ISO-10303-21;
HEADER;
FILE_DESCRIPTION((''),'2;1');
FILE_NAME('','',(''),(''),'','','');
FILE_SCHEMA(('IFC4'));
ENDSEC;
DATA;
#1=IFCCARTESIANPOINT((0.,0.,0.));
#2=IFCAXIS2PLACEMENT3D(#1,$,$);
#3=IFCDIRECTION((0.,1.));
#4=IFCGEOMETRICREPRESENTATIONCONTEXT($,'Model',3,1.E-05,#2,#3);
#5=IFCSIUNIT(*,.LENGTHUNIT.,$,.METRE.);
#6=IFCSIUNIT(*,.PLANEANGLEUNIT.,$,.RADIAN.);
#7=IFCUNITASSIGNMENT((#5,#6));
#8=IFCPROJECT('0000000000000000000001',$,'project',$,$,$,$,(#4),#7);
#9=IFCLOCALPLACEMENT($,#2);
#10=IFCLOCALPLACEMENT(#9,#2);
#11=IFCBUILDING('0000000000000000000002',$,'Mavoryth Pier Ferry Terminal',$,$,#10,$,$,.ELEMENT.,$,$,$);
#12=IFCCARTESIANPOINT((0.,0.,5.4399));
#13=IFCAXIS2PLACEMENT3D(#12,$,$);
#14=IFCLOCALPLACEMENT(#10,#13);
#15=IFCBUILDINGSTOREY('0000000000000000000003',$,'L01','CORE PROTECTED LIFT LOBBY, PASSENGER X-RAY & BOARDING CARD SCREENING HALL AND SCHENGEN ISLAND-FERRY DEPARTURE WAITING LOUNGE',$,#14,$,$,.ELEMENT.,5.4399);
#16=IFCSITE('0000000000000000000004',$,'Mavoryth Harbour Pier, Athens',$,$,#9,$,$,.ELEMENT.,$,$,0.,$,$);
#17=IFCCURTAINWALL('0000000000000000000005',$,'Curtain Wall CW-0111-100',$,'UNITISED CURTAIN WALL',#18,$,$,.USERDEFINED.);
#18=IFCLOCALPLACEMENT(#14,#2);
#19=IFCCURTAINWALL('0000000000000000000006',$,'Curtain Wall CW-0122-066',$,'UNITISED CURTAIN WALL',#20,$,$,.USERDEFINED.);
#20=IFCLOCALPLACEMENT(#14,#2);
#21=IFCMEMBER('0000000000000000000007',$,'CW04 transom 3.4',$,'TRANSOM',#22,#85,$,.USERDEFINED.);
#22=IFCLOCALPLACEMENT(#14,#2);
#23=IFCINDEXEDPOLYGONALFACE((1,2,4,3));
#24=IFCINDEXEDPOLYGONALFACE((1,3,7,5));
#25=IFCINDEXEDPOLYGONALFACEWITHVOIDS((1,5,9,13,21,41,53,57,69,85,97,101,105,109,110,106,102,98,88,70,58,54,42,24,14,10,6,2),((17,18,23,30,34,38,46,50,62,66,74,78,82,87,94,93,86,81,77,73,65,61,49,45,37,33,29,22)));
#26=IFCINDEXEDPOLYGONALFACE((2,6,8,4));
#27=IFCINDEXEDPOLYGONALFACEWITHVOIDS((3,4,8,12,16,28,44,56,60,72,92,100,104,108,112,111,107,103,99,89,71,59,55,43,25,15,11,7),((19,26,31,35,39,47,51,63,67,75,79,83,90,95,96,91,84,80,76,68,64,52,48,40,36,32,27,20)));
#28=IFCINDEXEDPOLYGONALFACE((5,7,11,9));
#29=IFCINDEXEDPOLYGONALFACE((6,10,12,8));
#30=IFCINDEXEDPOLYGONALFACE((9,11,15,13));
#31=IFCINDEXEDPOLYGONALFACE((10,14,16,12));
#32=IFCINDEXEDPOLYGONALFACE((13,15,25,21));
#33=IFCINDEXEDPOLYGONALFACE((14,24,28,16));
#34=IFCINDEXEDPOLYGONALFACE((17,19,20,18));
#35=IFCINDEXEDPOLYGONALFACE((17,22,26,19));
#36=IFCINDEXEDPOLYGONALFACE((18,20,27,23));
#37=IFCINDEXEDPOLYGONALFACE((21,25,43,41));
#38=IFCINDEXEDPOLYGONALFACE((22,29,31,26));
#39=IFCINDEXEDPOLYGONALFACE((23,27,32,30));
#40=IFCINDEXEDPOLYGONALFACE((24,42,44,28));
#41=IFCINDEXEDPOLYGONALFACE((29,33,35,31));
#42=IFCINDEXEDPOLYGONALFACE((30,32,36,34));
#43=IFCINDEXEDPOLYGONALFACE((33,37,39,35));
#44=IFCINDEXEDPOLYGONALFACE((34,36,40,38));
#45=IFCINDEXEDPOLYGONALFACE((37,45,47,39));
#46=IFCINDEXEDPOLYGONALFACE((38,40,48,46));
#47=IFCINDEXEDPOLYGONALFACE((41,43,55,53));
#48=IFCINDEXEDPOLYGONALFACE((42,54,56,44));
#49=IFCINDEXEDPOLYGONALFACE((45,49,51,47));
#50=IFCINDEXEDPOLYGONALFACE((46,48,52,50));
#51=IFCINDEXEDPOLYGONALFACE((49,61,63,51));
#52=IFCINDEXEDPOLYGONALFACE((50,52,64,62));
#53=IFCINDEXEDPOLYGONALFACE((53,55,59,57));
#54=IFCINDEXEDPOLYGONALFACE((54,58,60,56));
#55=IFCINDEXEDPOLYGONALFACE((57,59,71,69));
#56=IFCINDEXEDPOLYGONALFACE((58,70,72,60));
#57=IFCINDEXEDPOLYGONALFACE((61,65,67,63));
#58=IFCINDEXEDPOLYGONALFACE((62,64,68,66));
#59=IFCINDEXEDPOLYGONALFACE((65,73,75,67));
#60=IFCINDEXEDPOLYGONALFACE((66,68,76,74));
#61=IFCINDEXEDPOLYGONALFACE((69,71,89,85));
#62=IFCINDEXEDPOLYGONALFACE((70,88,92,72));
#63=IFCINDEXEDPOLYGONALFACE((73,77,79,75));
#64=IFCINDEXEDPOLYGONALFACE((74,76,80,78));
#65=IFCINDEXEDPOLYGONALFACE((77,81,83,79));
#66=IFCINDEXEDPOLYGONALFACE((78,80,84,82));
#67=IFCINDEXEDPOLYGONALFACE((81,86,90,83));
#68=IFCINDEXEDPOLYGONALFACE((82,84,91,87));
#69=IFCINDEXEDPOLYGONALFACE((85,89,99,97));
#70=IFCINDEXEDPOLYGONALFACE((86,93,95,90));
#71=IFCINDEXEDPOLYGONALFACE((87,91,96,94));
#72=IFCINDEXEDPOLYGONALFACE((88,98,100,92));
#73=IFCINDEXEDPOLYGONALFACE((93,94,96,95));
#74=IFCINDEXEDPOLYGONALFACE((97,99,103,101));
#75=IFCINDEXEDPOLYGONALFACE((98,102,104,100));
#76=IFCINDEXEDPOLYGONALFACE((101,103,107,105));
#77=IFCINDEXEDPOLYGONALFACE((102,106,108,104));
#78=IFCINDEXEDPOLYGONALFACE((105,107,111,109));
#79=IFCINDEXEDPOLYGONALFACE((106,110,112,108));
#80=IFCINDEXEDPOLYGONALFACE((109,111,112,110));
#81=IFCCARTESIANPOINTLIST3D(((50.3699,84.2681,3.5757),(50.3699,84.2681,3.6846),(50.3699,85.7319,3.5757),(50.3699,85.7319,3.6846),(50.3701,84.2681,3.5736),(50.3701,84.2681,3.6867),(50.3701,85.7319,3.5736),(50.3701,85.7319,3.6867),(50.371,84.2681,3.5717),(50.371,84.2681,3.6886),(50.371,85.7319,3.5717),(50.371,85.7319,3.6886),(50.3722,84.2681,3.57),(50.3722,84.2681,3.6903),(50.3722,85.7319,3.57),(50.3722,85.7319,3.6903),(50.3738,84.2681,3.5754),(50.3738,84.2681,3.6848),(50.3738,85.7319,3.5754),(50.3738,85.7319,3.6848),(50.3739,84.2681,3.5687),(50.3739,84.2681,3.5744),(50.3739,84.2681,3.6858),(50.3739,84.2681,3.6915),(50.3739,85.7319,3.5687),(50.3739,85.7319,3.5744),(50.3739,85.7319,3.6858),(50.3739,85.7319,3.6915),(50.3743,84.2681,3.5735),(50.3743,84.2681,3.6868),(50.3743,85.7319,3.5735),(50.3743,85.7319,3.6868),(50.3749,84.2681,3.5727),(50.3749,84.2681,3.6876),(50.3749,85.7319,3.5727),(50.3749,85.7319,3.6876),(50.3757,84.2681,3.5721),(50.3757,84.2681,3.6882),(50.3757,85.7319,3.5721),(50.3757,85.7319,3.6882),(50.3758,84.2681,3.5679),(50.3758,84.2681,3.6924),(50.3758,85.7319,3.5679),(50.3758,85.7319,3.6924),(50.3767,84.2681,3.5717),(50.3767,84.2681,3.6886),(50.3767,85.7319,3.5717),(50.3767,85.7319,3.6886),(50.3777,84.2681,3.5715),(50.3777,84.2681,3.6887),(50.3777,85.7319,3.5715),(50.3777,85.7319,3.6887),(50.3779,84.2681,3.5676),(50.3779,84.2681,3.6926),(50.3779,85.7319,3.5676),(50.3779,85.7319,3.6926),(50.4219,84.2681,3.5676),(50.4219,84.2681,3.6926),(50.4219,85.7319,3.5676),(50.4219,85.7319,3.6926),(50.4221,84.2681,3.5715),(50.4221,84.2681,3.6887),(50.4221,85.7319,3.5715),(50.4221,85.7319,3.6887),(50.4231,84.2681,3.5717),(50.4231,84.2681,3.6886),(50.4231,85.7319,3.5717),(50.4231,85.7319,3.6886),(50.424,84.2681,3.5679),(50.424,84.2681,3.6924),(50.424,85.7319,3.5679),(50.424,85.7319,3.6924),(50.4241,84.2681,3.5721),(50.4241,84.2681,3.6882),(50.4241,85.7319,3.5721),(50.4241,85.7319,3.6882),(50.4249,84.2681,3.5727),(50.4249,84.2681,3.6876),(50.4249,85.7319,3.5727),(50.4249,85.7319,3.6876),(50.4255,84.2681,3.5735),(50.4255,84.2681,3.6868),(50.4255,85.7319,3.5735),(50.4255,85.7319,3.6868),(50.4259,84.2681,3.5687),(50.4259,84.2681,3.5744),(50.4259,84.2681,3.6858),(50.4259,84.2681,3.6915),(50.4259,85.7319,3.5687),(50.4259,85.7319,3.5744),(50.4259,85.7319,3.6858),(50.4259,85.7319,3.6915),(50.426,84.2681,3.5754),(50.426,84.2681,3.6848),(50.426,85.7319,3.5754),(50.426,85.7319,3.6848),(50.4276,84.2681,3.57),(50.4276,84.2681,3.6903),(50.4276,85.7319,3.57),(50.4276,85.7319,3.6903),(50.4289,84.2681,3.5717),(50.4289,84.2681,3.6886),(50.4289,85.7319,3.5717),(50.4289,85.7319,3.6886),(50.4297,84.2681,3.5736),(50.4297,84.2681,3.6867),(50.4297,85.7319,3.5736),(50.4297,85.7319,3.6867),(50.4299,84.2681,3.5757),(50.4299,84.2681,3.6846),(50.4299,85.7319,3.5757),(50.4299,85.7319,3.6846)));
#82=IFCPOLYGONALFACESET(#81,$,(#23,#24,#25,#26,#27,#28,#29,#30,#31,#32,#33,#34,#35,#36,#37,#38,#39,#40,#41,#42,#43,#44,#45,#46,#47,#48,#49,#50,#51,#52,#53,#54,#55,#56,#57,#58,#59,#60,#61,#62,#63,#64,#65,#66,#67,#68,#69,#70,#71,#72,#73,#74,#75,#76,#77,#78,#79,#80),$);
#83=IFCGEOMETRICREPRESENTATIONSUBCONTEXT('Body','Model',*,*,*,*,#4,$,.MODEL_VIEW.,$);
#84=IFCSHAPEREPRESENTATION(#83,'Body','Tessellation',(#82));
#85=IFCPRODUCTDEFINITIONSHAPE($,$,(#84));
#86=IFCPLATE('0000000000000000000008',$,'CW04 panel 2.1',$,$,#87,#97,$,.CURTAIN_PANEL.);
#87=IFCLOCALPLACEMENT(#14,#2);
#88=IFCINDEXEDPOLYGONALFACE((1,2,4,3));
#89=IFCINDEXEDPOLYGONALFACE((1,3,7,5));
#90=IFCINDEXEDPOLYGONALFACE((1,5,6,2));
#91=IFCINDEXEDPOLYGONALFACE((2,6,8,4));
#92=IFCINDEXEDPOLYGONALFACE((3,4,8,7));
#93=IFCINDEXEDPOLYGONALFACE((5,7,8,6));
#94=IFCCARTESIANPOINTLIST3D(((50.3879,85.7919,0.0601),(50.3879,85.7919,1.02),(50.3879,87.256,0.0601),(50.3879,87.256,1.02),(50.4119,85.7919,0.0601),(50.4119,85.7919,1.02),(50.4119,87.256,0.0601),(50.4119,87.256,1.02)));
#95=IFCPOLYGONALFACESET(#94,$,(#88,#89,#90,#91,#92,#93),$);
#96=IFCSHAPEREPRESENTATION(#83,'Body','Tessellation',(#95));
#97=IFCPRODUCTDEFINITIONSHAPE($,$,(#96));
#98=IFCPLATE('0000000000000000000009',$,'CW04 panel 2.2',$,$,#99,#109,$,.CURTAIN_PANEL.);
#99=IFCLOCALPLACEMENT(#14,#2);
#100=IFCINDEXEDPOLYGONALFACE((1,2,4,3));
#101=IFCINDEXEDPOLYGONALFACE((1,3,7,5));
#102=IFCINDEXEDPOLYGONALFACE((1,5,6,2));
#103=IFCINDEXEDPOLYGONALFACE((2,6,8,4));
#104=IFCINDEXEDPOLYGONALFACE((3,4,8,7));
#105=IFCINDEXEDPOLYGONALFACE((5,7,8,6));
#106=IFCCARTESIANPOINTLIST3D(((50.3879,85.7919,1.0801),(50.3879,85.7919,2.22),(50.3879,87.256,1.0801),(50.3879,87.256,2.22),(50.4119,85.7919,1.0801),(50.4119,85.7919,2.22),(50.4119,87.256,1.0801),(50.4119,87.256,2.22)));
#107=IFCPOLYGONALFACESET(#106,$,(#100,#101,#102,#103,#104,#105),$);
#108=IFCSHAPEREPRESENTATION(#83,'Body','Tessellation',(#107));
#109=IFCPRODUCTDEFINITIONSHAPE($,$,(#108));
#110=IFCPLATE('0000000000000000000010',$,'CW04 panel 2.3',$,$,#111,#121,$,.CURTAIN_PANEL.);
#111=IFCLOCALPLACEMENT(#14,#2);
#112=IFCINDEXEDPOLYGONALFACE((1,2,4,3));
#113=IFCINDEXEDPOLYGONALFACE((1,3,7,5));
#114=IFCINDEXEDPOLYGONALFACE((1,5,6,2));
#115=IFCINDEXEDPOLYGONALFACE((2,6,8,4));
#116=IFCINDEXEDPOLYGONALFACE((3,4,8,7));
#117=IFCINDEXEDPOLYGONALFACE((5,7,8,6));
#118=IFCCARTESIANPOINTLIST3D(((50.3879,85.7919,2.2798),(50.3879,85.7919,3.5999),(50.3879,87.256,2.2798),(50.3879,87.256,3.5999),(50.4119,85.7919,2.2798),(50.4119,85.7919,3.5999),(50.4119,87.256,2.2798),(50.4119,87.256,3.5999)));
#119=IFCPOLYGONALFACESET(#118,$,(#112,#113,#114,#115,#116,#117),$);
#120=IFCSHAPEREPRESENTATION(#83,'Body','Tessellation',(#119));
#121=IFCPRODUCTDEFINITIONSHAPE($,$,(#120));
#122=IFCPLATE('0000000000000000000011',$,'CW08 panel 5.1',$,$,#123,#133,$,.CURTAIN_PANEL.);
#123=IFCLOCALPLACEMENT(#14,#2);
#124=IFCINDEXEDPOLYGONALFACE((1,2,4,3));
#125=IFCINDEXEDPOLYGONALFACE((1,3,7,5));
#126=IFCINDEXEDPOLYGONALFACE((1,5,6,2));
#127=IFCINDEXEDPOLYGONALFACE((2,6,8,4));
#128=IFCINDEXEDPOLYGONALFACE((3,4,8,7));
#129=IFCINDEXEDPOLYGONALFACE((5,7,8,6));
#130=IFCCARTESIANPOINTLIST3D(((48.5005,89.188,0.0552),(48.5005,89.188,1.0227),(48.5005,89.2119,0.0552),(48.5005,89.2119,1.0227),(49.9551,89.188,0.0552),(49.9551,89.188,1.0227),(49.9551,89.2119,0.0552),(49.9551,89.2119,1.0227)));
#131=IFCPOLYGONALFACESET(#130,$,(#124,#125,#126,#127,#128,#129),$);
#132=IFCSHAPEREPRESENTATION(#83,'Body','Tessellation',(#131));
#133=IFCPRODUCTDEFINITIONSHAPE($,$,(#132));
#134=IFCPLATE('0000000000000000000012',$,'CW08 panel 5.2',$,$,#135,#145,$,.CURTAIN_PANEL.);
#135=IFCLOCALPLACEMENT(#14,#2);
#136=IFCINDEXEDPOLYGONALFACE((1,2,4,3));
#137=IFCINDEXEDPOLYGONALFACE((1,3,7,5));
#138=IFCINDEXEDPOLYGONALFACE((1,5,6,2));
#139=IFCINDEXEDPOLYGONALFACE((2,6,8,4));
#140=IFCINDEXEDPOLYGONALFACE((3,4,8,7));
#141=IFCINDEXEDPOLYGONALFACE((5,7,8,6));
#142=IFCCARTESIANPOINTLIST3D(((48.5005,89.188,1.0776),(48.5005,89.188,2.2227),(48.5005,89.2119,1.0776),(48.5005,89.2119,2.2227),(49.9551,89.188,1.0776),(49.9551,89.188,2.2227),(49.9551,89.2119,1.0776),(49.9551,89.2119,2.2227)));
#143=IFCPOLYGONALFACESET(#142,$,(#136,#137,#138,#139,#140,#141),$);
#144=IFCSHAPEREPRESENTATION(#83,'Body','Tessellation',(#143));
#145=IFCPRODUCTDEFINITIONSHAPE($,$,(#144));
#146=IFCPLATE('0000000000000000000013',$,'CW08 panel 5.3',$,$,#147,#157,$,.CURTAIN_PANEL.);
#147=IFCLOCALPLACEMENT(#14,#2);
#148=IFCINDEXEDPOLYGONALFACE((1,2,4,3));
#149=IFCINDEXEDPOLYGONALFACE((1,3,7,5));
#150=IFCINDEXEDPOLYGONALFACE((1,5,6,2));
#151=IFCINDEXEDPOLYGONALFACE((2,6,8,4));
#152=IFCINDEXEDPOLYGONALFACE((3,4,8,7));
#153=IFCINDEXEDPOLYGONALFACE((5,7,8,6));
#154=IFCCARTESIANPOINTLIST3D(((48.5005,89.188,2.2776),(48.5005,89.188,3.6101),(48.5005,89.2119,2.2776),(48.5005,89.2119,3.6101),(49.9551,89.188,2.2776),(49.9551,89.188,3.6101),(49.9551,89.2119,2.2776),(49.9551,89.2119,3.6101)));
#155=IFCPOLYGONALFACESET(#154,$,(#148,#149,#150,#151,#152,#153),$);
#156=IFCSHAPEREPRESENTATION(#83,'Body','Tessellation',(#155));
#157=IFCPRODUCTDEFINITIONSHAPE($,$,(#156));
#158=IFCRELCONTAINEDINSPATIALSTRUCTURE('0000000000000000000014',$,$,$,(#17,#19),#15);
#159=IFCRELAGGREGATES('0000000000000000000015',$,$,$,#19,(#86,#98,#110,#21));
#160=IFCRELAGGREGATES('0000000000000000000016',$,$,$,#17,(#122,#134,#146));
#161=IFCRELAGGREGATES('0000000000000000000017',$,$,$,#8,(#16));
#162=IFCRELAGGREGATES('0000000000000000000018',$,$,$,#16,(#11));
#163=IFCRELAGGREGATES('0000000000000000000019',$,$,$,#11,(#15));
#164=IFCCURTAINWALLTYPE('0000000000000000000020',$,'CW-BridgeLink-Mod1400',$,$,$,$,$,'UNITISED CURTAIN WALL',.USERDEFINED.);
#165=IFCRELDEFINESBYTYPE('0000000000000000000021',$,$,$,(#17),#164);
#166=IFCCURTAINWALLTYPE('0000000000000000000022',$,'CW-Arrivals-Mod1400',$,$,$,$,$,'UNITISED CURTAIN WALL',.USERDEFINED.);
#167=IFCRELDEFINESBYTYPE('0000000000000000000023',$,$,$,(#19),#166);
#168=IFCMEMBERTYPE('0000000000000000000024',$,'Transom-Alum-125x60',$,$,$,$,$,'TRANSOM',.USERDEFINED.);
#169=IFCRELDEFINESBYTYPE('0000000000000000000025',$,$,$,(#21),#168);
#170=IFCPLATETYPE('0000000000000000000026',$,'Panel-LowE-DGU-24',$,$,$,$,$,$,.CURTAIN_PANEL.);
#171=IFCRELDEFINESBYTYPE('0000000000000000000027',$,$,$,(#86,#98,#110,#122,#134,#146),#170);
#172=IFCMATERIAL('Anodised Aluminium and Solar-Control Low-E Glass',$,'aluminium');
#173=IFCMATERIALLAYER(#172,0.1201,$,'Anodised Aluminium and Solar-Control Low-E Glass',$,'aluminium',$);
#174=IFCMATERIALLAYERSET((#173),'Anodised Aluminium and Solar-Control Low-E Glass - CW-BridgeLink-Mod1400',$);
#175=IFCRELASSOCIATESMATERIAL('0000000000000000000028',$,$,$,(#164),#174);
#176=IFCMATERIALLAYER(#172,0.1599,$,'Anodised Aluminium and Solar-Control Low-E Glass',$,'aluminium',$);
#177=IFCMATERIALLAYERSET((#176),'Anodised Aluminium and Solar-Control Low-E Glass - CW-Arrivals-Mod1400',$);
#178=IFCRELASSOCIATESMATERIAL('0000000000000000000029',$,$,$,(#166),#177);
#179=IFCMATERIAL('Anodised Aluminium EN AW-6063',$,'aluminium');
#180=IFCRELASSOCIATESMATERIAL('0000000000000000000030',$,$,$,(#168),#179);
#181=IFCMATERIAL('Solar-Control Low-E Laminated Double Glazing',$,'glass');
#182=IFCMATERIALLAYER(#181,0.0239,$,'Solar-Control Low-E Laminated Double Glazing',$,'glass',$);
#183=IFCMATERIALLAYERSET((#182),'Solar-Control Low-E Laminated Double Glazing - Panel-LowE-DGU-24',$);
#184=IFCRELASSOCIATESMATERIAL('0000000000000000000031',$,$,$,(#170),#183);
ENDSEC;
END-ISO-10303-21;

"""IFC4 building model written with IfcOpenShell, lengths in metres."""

from ifc_helpers import new_model, si_unit, direction, frame, origin, origin_2d, place, context, subcontext, project, spatial, rectangle, hollow_rectangle, extrude, material, layer, layer_set, material_profile, profile_set, type_object, element, aggregate, save


model = new_model("IFC4")

# Units and contexts
model_context = context("Model", 3, precision=1e-05, world=origin(), true_north=direction((0.0, 1.0)))
body_context = subcontext(model_context, "Body", "Model", "MODEL_VIEW")
ifc_project = project(units=[si_unit("LENGTHUNIT", "METRE"), si_unit("PLANEANGLEUNIT", "RADIAN")], contexts=[model_context])

# Site, building, storey
site_placement = place(None, origin())
site = spatial("IfcSite", under=ifc_project, at=site_placement, Name="Mavoryth Harbour Pier, Athens", CompositionType="ELEMENT", RefElevation=0.0)
building_placement = place(site_placement, origin())
building = spatial("IfcBuilding", under=site, at=building_placement, Name="Mavoryth Pier Ferry Terminal", CompositionType="ELEMENT")
storey_placement = place(building_placement, frame((0.0, 0.0, 5.4399)))
storey = spatial("IfcBuildingStorey", under=building, at=storey_placement, Name="L01", Description="CORE PROTECTED LIFT LOBBY, PASSENGER X-RAY & BOARDING CARD SCREENING HALL AND SCHENGEN ISLAND-FERRY DEPARTURE WAITING LOUNGE", CompositionType="ELEMENT", Elevation=5.4399)

# Curtain walls
ifc_material_1 = material(Name="Anodised Aluminium and Solar-Control Low-E Glass", Category="aluminium")
ifc_layer_1 = layer(ifc_material_1, 0.1201, Name="Anodised Aluminium and Solar-Control Low-E Glass", Category="aluminium")
ifc_layer_set_1 = layer_set([ifc_layer_1], Name="Anodised Aluminium and Solar-Control Low-E Glass - CW-BridgeLink-Mod1400")
curtain_wall_type_1 = type_object("IfcCurtainWallType", Name="CW-BridgeLink-Mod1400", ElementType="UNITISED CURTAIN WALL", PredefinedType="USERDEFINED", material=ifc_layer_set_1)
curtain_wall_1_placement = place(storey_placement, origin())
curtain_wall_1 = element("IfcCurtainWall", 1, at=curtain_wall_1_placement, inside=storey, type_object=curtain_wall_type_1, Name="Curtain Wall CW-0111-100", ObjectType="UNITISED CURTAIN WALL", PredefinedType="USERDEFINED")
ifc_material_2 = material(Name="Anodised Aluminium EN AW-6063", Category="aluminium")
ifc_layer_2 = layer(ifc_material_1, 0.1599, Name="Anodised Aluminium and Solar-Control Low-E Glass", Category="aluminium")
ifc_layer_set_2 = layer_set([ifc_layer_2], Name="Anodised Aluminium and Solar-Control Low-E Glass - CW-Arrivals-Mod1400")
curtain_wall_type_2 = type_object("IfcCurtainWallType", Name="CW-Arrivals-Mod1400", ElementType="UNITISED CURTAIN WALL", PredefinedType="USERDEFINED", material=ifc_layer_set_2)
curtain_wall_2_placement = place(storey_placement, origin())
curtain_wall_2 = element("IfcCurtainWall", 2, at=curtain_wall_2_placement, inside=storey, type_object=curtain_wall_type_2, Name="Curtain Wall CW-0122-066", ObjectType="UNITISED CURTAIN WALL", PredefinedType="USERDEFINED")

# Member
ifc_material_profile_1 = material_profile(ifc_material_2, hollow_rectangle(XDim=0.0601, YDim=0.125, WallThickness=0.0039, InnerFilletRadius=0.0039, OuterFilletRadius=0.0081, at=origin_2d()), Name="AL-TRAN 125x60x4", Category="aluminium")
ifc_profile_set_1 = profile_set([ifc_material_profile_1], Name="Anodised Aluminium EN AW-6063 - AL-TRAN 125x60x4")
member_type_1 = type_object("IfcMemberType", Name="Transom-Alum-125x60", ElementType="TRANSOM", PredefinedType="USERDEFINED", material=ifc_profile_set_1)
member_1_placement = place(storey_placement, frame((50.3999, 85.7319, 3.6301), z_axis=(0.0, -1.0, 0.0), x_axis=(1.0, 0.0, 0.0)))
member_1 = element("IfcMember", 3, at=member_1_placement, type_object=member_type_1, Name="CW04 transom 3.4", ObjectType="TRANSOM", PredefinedType="USERDEFINED", context=body_context, shape_type="SweptSolid", body=[
    extrude(hollow_rectangle(XDim=0.0601, YDim=0.125, WallThickness=0.0039, InnerFilletRadius=0.0039, OuterFilletRadius=0.0081, at=origin_2d()), origin(), (0.0, 0.0, 1.0), 1.4639),
])

# Plates
ifc_material_3 = material(Name="Solar-Control Low-E Laminated Double Glazing", Category="glass")
ifc_layer_3 = layer(ifc_material_3, 0.0239, Name="Solar-Control Low-E Laminated Double Glazing", Category="glass")
ifc_layer_set_3 = layer_set([ifc_layer_3], Name="Solar-Control Low-E Laminated Double Glazing - Panel-LowE-DGU-24")
plate_type = type_object("IfcPlateType", Name="Panel-LowE-DGU-24", PredefinedType="CURTAIN_PANEL", material=ifc_layer_set_3)
plate_1_placement = place(storey_placement, frame((50.3999, 86.5239, 0.0601), z_axis=(0.0, 0.0, 1.0), x_axis=(0.0, -1.0, 0.0)))
plate_1 = element("IfcPlate", 4, at=plate_1_placement, type_object=plate_type, Name="CW04 panel 2.1", PredefinedType="CURTAIN_PANEL", context=body_context, shape_type="SweptSolid", body=[
    extrude(rectangle(XDim=1.4641, YDim=0.0239, at=origin_2d()), origin(), (0.0, 0.0, 1.0), 0.96),
])
plate_2_placement = place(storey_placement, frame((50.3999, 86.5239, 1.0801), z_axis=(0.0, 0.0, 1.0), x_axis=(0.0, -1.0, 0.0)))
plate_2 = element("IfcPlate", 5, at=plate_2_placement, type_object=plate_type, Name="CW04 panel 2.2", PredefinedType="CURTAIN_PANEL", context=body_context, shape_type="SweptSolid", body=[
    extrude(rectangle(XDim=1.4641, YDim=0.0239, at=origin_2d()), origin(), (0.0, 0.0, 1.0), 1.1399),
])
plate_3_placement = place(storey_placement, frame((50.3999, 86.5239, 2.2798), z_axis=(0.0, 0.0, 1.0), x_axis=(0.0, -1.0, 0.0)))
plate_3 = element("IfcPlate", 6, at=plate_3_placement, type_object=plate_type, Name="CW04 panel 2.3", PredefinedType="CURTAIN_PANEL", context=body_context, shape_type="SweptSolid", body=[
    extrude(rectangle(XDim=1.4641, YDim=0.0239, at=origin_2d()), origin(), (0.0, 0.0, 1.0), 1.3201),
])
aggregate(curtain_wall_2, [plate_1, plate_2, plate_3, member_1])
plate_4_placement = place(storey_placement, frame((49.2278, 89.2, 0.0552), z_axis=(0.0, 0.0, 1.0), x_axis=(1.0, 0.0, 0.0)))
plate_4 = element("IfcPlate", 7, at=plate_4_placement, type_object=plate_type, Name="CW08 panel 5.1", PredefinedType="CURTAIN_PANEL", context=body_context, shape_type="SweptSolid", body=[
    extrude(rectangle(XDim=1.4546, YDim=0.0239, at=origin_2d()), origin(), (0.0, 0.0, 1.0), 0.9675),
])
plate_5_placement = place(storey_placement, frame((49.2278, 89.2, 1.0776), z_axis=(0.0, 0.0, 1.0), x_axis=(1.0, 0.0, 0.0)))
plate_5 = element("IfcPlate", 8, at=plate_5_placement, type_object=plate_type, Name="CW08 panel 5.2", PredefinedType="CURTAIN_PANEL", context=body_context, shape_type="SweptSolid", body=[
    extrude(rectangle(XDim=1.4546, YDim=0.0239, at=origin_2d()), origin(), (0.0, 0.0, 1.0), 1.145),
])
plate_6_placement = place(storey_placement, frame((49.2278, 89.2, 2.2776), z_axis=(0.0, 0.0, 1.0), x_axis=(1.0, 0.0, 0.0)))
plate_6 = element("IfcPlate", 9, at=plate_6_placement, type_object=plate_type, Name="CW08 panel 5.3", PredefinedType="CURTAIN_PANEL", context=body_context, shape_type="SweptSolid", body=[
    extrude(rectangle(XDim=1.4546, YDim=0.0239, at=origin_2d()), origin(), (0.0, 0.0, 1.0), 1.3325),
])
aggregate(curtain_wall_1, [plate_4, plate_5, plate_6])

save(model, "model.ifc")
